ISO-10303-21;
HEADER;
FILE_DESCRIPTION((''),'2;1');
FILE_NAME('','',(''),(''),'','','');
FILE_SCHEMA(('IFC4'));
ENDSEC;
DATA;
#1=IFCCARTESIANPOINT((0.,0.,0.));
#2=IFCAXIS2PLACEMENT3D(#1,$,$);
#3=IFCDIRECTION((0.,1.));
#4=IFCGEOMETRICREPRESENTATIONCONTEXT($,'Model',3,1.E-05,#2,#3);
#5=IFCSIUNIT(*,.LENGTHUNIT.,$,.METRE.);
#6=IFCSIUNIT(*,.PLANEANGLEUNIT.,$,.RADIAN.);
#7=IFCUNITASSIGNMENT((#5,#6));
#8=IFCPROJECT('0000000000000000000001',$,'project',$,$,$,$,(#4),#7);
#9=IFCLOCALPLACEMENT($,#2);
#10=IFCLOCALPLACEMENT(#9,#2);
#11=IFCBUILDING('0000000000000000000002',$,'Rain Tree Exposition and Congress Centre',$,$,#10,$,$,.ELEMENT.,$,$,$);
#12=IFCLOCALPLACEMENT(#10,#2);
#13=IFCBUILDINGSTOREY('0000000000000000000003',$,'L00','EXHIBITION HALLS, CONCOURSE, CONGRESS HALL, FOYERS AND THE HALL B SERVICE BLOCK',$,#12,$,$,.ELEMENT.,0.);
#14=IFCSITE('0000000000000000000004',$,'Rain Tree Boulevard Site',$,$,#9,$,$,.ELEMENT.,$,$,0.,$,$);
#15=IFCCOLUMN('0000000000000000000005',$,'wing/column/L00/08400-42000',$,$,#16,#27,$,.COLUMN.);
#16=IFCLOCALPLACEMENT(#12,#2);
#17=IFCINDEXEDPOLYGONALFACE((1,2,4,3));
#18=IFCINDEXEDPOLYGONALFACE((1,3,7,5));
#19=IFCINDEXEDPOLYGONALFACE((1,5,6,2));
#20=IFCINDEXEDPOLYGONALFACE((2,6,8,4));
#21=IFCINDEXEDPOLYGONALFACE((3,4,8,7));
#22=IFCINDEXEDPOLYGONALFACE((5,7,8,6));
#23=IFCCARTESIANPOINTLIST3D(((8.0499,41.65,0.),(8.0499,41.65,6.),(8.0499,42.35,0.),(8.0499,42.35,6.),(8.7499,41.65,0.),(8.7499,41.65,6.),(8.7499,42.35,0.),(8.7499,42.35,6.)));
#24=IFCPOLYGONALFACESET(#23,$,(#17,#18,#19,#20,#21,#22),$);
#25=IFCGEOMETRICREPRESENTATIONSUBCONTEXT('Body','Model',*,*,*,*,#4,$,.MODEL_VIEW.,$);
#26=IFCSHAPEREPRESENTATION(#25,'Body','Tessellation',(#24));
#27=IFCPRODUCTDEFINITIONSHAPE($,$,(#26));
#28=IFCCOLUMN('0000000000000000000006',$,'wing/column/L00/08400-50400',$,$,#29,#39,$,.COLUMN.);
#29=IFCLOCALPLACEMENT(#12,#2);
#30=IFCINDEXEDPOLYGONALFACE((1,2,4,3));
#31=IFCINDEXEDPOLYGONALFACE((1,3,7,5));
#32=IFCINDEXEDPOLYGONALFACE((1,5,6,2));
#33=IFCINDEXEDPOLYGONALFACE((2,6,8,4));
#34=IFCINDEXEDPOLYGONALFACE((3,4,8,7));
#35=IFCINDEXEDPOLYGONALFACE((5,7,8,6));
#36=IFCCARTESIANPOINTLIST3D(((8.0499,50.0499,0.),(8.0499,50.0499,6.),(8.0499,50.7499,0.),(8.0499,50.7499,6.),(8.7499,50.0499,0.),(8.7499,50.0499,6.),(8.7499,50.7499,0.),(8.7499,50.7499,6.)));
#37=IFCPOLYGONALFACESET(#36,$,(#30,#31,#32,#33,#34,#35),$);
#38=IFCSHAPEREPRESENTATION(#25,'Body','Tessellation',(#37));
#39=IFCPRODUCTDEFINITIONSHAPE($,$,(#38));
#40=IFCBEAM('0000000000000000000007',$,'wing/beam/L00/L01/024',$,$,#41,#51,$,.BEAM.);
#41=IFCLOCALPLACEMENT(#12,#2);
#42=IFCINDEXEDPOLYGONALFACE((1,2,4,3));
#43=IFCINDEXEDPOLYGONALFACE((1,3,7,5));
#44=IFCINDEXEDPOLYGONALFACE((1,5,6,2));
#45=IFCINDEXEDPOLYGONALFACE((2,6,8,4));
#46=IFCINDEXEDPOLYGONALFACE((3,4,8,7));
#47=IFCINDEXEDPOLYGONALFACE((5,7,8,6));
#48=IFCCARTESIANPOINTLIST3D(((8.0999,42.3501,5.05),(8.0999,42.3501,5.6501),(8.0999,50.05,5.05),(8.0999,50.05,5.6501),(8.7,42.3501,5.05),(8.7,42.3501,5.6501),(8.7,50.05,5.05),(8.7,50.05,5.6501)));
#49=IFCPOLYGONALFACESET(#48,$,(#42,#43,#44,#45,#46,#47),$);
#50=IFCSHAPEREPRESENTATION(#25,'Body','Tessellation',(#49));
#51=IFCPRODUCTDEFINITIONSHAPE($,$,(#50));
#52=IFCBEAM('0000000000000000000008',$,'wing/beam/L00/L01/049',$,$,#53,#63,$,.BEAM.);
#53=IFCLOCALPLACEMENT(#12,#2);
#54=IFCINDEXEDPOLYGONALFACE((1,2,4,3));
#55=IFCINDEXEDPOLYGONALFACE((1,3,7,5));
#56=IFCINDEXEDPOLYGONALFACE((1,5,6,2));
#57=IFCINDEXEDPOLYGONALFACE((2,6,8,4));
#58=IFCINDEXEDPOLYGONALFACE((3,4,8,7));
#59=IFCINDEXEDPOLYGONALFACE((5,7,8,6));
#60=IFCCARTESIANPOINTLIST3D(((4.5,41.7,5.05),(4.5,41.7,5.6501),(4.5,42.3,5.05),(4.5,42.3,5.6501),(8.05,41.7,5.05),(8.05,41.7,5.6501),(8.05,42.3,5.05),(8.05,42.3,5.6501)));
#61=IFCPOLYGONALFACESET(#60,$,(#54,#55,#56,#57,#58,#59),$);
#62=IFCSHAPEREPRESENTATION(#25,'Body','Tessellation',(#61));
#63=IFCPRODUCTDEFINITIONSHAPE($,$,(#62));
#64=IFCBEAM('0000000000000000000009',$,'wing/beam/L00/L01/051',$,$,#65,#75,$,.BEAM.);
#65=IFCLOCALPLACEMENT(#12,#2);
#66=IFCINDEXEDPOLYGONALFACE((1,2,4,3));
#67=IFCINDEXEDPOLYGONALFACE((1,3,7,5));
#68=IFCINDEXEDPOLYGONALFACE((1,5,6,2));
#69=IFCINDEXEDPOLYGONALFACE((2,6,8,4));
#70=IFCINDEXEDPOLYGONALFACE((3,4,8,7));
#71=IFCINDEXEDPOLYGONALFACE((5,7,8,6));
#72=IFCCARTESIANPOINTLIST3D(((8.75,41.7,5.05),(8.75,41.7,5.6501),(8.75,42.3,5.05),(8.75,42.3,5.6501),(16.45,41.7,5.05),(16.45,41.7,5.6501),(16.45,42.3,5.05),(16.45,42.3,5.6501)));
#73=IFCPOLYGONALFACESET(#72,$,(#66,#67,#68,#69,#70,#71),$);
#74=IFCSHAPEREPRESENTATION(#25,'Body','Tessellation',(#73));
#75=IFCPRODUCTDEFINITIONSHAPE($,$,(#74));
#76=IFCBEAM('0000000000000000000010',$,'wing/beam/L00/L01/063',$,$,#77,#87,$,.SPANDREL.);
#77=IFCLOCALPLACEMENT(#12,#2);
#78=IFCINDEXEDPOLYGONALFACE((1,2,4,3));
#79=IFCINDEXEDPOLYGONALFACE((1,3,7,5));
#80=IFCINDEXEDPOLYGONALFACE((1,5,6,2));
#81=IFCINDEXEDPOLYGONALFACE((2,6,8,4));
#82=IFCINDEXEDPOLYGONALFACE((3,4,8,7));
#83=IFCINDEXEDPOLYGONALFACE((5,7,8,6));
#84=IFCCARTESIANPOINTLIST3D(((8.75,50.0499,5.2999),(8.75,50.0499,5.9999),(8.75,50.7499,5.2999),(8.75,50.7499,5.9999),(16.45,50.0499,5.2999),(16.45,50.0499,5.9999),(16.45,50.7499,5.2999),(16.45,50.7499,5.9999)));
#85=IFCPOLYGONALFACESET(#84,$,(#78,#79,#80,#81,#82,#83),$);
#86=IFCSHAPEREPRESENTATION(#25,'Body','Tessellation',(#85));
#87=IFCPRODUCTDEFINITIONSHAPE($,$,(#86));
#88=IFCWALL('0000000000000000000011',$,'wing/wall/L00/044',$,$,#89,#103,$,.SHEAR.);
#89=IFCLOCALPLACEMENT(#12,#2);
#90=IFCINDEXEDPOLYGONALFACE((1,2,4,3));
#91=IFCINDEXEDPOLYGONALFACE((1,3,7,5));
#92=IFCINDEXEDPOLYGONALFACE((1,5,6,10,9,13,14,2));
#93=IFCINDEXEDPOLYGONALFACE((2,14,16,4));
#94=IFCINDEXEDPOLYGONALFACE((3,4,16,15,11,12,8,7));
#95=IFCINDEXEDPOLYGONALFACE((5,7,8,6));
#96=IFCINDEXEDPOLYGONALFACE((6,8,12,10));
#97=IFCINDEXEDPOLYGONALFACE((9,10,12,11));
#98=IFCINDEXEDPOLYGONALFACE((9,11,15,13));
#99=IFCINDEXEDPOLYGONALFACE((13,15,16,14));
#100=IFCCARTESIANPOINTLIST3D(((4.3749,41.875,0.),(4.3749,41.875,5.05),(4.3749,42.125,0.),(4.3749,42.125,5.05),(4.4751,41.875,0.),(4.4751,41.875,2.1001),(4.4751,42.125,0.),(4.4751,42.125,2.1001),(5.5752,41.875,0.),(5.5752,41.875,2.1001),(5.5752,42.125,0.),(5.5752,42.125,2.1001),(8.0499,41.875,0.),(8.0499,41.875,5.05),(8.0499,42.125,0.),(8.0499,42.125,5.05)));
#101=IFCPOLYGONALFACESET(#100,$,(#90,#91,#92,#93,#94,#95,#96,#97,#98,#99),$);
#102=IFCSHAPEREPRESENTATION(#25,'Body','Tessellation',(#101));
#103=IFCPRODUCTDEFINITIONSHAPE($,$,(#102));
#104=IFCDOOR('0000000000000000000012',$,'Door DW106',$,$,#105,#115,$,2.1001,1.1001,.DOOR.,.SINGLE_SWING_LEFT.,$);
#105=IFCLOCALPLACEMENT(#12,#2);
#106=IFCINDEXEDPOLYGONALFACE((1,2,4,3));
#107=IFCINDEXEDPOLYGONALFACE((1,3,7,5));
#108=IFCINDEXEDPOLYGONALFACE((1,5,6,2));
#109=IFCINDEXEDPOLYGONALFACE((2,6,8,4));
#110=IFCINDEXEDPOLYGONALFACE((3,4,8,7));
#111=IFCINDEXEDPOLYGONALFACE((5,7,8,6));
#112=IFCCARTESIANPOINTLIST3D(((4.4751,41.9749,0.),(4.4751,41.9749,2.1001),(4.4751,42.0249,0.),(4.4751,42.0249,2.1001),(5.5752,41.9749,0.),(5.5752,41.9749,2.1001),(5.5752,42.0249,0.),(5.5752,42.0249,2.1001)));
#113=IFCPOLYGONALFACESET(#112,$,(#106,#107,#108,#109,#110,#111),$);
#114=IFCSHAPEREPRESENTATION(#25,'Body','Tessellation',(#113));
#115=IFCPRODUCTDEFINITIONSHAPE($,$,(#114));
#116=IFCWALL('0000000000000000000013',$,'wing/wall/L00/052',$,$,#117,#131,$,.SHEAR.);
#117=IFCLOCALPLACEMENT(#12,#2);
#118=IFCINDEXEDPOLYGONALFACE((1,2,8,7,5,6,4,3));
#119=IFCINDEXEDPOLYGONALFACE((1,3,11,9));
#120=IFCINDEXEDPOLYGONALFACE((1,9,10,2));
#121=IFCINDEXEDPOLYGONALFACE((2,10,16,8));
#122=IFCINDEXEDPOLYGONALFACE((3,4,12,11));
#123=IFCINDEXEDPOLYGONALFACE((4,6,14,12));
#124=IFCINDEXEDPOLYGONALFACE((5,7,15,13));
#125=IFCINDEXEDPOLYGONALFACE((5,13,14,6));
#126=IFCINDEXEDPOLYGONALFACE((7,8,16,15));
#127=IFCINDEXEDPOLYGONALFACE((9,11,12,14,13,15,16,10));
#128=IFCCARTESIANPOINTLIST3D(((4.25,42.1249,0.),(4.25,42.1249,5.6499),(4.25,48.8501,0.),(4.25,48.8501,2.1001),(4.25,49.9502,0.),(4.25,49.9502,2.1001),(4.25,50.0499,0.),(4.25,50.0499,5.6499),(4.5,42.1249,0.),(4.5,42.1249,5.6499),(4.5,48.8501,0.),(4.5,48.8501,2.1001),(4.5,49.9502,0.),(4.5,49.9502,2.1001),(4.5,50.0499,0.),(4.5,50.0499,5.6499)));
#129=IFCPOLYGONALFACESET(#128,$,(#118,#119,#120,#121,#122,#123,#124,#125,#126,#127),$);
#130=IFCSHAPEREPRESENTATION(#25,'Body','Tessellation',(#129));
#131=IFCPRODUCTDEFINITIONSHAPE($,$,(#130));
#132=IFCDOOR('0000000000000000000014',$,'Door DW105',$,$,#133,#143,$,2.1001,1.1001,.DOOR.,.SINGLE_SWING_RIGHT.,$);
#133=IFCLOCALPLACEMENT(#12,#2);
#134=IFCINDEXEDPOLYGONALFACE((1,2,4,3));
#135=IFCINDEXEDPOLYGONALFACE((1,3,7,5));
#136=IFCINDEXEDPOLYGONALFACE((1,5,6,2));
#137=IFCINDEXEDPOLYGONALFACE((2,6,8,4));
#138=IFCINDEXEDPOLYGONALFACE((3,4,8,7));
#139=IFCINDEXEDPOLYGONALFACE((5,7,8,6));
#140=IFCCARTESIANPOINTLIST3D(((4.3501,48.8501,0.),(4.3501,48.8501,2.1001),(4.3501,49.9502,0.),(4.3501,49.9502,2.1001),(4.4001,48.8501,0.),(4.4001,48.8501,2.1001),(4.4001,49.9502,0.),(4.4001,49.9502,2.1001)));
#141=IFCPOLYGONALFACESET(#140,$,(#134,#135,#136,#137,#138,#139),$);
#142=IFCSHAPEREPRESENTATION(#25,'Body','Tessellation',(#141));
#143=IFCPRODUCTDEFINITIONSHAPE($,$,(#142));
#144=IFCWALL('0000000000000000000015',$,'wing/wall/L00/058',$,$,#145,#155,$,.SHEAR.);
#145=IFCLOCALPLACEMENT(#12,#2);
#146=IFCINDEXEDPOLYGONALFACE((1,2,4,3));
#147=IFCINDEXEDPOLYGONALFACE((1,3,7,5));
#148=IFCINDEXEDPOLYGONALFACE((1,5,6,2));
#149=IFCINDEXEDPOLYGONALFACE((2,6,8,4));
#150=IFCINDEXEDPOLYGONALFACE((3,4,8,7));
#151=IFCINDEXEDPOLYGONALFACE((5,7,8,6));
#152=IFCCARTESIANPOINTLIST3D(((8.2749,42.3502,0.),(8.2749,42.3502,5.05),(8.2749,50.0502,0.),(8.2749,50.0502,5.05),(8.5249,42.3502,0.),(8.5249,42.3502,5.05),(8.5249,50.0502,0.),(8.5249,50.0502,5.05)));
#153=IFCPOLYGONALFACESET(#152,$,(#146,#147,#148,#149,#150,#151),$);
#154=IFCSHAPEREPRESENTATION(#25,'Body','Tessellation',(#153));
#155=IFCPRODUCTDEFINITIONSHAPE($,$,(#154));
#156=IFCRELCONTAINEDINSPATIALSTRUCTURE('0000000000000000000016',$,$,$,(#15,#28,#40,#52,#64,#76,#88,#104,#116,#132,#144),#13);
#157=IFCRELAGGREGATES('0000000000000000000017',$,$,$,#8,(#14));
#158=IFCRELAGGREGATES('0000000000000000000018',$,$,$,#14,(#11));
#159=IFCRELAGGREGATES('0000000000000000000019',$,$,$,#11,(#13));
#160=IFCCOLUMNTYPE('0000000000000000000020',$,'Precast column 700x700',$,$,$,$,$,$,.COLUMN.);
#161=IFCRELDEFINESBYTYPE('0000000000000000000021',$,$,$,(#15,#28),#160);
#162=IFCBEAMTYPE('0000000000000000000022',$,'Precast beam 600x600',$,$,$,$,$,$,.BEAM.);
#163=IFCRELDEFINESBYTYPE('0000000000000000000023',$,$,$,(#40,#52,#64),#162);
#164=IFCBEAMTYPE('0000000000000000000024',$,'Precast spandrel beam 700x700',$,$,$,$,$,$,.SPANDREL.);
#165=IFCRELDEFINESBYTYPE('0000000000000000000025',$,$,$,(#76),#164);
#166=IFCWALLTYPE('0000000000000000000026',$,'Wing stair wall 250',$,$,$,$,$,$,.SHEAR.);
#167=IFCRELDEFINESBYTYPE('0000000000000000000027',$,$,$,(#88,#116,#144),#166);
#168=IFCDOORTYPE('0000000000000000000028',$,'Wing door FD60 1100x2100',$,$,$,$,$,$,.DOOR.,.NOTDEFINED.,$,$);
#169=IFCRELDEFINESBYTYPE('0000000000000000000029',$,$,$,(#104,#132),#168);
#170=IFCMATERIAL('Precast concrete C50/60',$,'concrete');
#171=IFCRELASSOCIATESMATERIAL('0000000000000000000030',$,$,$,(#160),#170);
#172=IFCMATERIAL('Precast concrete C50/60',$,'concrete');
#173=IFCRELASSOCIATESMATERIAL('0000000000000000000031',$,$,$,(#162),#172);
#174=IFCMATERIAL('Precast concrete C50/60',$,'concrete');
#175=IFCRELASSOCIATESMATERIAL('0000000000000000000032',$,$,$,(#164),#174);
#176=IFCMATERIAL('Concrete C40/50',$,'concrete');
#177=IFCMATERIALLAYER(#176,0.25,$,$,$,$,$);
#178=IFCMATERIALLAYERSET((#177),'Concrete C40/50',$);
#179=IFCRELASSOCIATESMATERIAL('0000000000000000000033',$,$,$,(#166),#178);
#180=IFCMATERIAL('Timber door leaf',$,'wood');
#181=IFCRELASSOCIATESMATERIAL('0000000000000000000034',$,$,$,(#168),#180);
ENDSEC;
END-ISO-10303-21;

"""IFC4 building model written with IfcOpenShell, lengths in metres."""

from ifc_helpers import new_model, si_unit, direction, frame, frame_2d, origin, origin_2d, place, context, subcontext, project, spatial, rectangle, extrude, material, layer, layer_set, material_profile, profile_set, type_object, element, fill, save


model = new_model("IFC4")

# Units and contexts
model_context = context("Model", 3, precision=1e-05, world=origin(), true_north=direction((0.0, 1.0)))
body_context = subcontext(model_context, "Body", "Model", "MODEL_VIEW")
ifc_project = project(units=[si_unit("LENGTHUNIT", "METRE"), si_unit("PLANEANGLEUNIT", "RADIAN")], contexts=[model_context])

# Site, building, storey
site_placement = place(None, origin())
site = spatial("IfcSite", under=ifc_project, at=site_placement, Name="Rain Tree Boulevard Site", CompositionType="ELEMENT", RefElevation=0.0)
building_placement = place(site_placement, origin())
building = spatial("IfcBuilding", under=site, at=building_placement, Name="Rain Tree Exposition and Congress Centre", CompositionType="ELEMENT")
storey_placement = place(building_placement, origin())
storey = spatial("IfcBuildingStorey", under=building, at=storey_placement, Name="L00", Description="EXHIBITION HALLS, CONCOURSE, CONGRESS HALL, FOYERS AND THE HALL B SERVICE BLOCK", CompositionType="ELEMENT", Elevation=0.0)

# Columns
ifc_material_1 = material(Name="Precast concrete C50/60", Category="concrete")
ifc_material_profile_1 = material_profile(ifc_material_1, rectangle(XDim=0.7, YDim=0.7, at=origin_2d()), Name="RC 700x700")
ifc_profile_set_1 = profile_set([ifc_material_profile_1], Name="Precast concrete C50/60")
column_type = type_object("IfcColumnType", Name="Precast column 700x700", PredefinedType="COLUMN", material=ifc_profile_set_1)
for number, where, z_axis, x_axis, name in (
    (1, (8.3999, 42.0, 0.0), (0.0, 0.0, 1.0), (1.0, 0.0, 0.0), "wing/column/L00/08400-42000"),
    (2, (8.3999, 50.3999, 0.0), (0.0, 0.0, 1.0), (1.0, 0.0, 0.0), "wing/column/L00/08400-50400"),
):
    element("IfcColumn", number, at=place(storey_placement, frame(where, z_axis=z_axis, x_axis=x_axis)), inside=storey, type_object=column_type, Name=name, PredefinedType="COLUMN", context=body_context, shape_type="SweptSolid", body=[
        extrude(rectangle(XDim=0.7, YDim=0.7, at=origin_2d()), origin(), (0.0, 0.0, 1.0), 6.0),
    ])

# Beams
ifc_material_2 = material(Name="Precast concrete C50/60", Category="concrete")
ifc_material_profile_2 = material_profile(ifc_material_2, rectangle(XDim=0.6001, YDim=0.6001, at=origin_2d()), Name="RC 600x600")
ifc_profile_set_2 = profile_set([ifc_material_profile_2], Name="Precast concrete C50/60")
beam_type_1 = type_object("IfcBeamType", Name="Precast beam 600x600", PredefinedType="BEAM", material=ifc_profile_set_2)
beam_1_placement = place(storey_placement, frame((8.3999, 42.3501, 5.3501), z_axis=(0.0, 1.0, 0.0), x_axis=(-1.0, 0.0, 0.0)))
element("IfcBeam", 3, at=beam_1_placement, inside=storey, type_object=beam_type_1, Name="wing/beam/L00/L01/024", PredefinedType="BEAM", context=body_context, shape_type="SweptSolid", body=[
    extrude(rectangle(XDim=0.6001, YDim=0.6001, at=origin_2d()), origin(), (0.0, 0.0, 1.0), 7.7),
])
beam_2_placement = place(storey_placement, frame((4.5, 42.0, 5.3501), z_axis=(1.0, 0.0, 0.0), x_axis=(0.0, 1.0, 0.0)))
element("IfcBeam", 4, at=beam_2_placement, inside=storey, type_object=beam_type_1, Name="wing/beam/L00/L01/049", PredefinedType="BEAM", context=body_context, shape_type="SweptSolid", body=[
    extrude(rectangle(XDim=0.6001, YDim=0.6001, at=origin_2d()), origin(), (0.0, 0.0, 1.0), 3.55),
])
beam_3_placement = place(storey_placement, frame((8.75, 42.0, 5.3501), z_axis=(1.0, 0.0, 0.0), x_axis=(0.0, 1.0, 0.0)))
element("IfcBeam", 5, at=beam_3_placement, inside=storey, type_object=beam_type_1, Name="wing/beam/L00/L01/051", PredefinedType="BEAM", context=body_context, shape_type="SweptSolid", body=[
    extrude(rectangle(XDim=0.6001, YDim=0.6001, at=origin_2d()), origin(), (0.0, 0.0, 1.0), 7.7),
])
ifc_material_3 = material(Name="Precast concrete C50/60", Category="concrete")
ifc_material_profile_3 = material_profile(ifc_material_3, rectangle(XDim=0.7, YDim=0.7, at=origin_2d()), Name="RC 700x700")
ifc_profile_set_3 = profile_set([ifc_material_profile_3], Name="Precast concrete C50/60")
beam_type_2 = type_object("IfcBeamType", Name="Precast spandrel beam 700x700", PredefinedType="SPANDREL", material=ifc_profile_set_3)
beam_4_placement = place(storey_placement, frame((8.75, 50.3999, 5.6499), z_axis=(1.0, 0.0, 0.0), x_axis=(0.0, 1.0, 0.0)))
element("IfcBeam", 6, at=beam_4_placement, inside=storey, type_object=beam_type_2, Name="wing/beam/L00/L01/063", PredefinedType="SPANDREL", context=body_context, shape_type="SweptSolid", body=[
    extrude(rectangle(XDim=0.7, YDim=0.7, at=origin_2d()), origin(), (0.0, 0.0, 1.0), 7.7),
])

# Walls, openings, doors
ifc_material_4 = material(Name="Concrete C40/50", Category="concrete")
ifc_layer_1 = layer(ifc_material_4, 0.25)
ifc_layer_set_1 = layer_set([ifc_layer_1], Name="Concrete C40/50")
wall_type_1 = type_object("IfcWallType", Name="Wing stair wall 250", PredefinedType="SHEAR", material=ifc_layer_set_1)
wall_1_placement = place(storey_placement, frame((4.375, 42.0, 0.0), z_axis=(0.0, 0.0, 1.0), x_axis=(1.0, 0.0, 0.0)))
wall_1 = element("IfcWall", 7, at=wall_1_placement, inside=storey, type_object=wall_type_1, Name="wing/wall/L00/044", PredefinedType="SHEAR", context=body_context, shape_type="SweptSolid", body=[
    extrude(rectangle(XDim=3.675, YDim=0.25, at=frame_2d((1.8374, 0.0))), origin(), (0.0, 0.0, 1.0), 5.05),
])
opening_1_placement = place(wall_1_placement, frame((0.1001, 0.0, 0.0)))
opening_1 = element("IfcOpeningElement", 8, at=opening_1_placement, cuts=wall_1, PredefinedType="OPENING", context=body_context, shape_type="SweptSolid", body=[
    extrude(rectangle(XDim=1.1001, YDim=2.1001, at=frame_2d((0.55, 1.05))), frame((0.0, 0.125, 0.0), z_axis=(0.0, -1.0, 0.0), x_axis=(1.0, 0.0, 0.0)), (0.0, 0.0, 1.0), 0.25),
])
ifc_material_5 = material(Name="Timber door leaf", Category="wood")
door_type_1 = type_object("IfcDoorType", Name="Wing door FD60 1100x2100", OperationType="NOTDEFINED", PredefinedType="DOOR", material=ifc_material_5)
door_1_placement = place(opening_1_placement, origin())
door_1 = element("IfcDoor", 9, at=door_1_placement, inside=storey, type_object=door_type_1, Name="Door DW106", OperationType="SINGLE_SWING_LEFT", OverallHeight=2.1001, OverallWidth=1.1001, PredefinedType="DOOR", context=body_context, shape_type="SweptSolid", body=[
    extrude(rectangle(XDim=1.1001, YDim=2.1001, at=frame_2d((0.55, 1.05))), frame((0.0, 0.0249, 0.0), z_axis=(0.0, -1.0, 0.0), x_axis=(1.0, 0.0, 0.0)), (0.0, 0.0, 1.0), 0.05),
])
fill(opening_1, door_1)
wall_2_placement = place(storey_placement, frame((4.375, 42.125, 0.0), z_axis=(0.0, 0.0, 1.0), x_axis=(0.0, 1.0, 0.0)))
wall_2 = element("IfcWall", 10, at=wall_2_placement, inside=storey, type_object=wall_type_1, Name="wing/wall/L00/052", PredefinedType="SHEAR", context=body_context, shape_type="SweptSolid", body=[
    extrude(rectangle(XDim=7.925, YDim=0.25, at=frame_2d((3.9624, 0.0))), origin(), (0.0, 0.0, 1.0), 5.6499),
])
opening_2_placement = place(wall_2_placement, frame((6.7251, 0.0, 0.0)))
opening_2 = element("IfcOpeningElement", 11, at=opening_2_placement, cuts=wall_2, PredefinedType="OPENING", context=body_context, shape_type="SweptSolid", body=[
    extrude(rectangle(XDim=1.1001, YDim=2.1001, at=frame_2d((0.55, 1.05))), frame((0.0, 0.125, 0.0), z_axis=(0.0, -1.0, 0.0), x_axis=(1.0, 0.0, 0.0)), (0.0, 0.0, 1.0), 0.25),
])
door_2_placement = place(opening_2_placement, origin())
door_2 = element("IfcDoor", 12, at=door_2_placement, inside=storey, type_object=door_type_1, Name="Door DW105", OperationType="SINGLE_SWING_RIGHT", OverallHeight=2.1001, OverallWidth=1.1001, PredefinedType="DOOR", context=body_context, shape_type="SweptSolid", body=[
    extrude(rectangle(XDim=1.1001, YDim=2.1001, at=frame_2d((0.55, 1.05))), frame((0.0, 0.0249, 0.0), z_axis=(0.0, -1.0, 0.0), x_axis=(1.0, 0.0, 0.0)), (0.0, 0.0, 1.0), 0.05),
])
fill(opening_2, door_2)

# Wall
wall_3_placement = place(storey_placement, frame((8.3999, 42.3501, 0.0), z_axis=(0.0, 0.0, 1.0), x_axis=(0.0, 1.0, 0.0)))
element("IfcWall", 13, at=wall_3_placement, inside=storey, type_object=wall_type_1, Name="wing/wall/L00/058", PredefinedType="SHEAR", context=body_context, shape_type="SweptSolid", body=[
    extrude(rectangle(XDim=7.7, YDim=0.25, at=frame_2d((3.8501, 0.0))), origin(), (0.0, 0.0, 1.0), 5.05),
])

save(model, "model.ifc")
